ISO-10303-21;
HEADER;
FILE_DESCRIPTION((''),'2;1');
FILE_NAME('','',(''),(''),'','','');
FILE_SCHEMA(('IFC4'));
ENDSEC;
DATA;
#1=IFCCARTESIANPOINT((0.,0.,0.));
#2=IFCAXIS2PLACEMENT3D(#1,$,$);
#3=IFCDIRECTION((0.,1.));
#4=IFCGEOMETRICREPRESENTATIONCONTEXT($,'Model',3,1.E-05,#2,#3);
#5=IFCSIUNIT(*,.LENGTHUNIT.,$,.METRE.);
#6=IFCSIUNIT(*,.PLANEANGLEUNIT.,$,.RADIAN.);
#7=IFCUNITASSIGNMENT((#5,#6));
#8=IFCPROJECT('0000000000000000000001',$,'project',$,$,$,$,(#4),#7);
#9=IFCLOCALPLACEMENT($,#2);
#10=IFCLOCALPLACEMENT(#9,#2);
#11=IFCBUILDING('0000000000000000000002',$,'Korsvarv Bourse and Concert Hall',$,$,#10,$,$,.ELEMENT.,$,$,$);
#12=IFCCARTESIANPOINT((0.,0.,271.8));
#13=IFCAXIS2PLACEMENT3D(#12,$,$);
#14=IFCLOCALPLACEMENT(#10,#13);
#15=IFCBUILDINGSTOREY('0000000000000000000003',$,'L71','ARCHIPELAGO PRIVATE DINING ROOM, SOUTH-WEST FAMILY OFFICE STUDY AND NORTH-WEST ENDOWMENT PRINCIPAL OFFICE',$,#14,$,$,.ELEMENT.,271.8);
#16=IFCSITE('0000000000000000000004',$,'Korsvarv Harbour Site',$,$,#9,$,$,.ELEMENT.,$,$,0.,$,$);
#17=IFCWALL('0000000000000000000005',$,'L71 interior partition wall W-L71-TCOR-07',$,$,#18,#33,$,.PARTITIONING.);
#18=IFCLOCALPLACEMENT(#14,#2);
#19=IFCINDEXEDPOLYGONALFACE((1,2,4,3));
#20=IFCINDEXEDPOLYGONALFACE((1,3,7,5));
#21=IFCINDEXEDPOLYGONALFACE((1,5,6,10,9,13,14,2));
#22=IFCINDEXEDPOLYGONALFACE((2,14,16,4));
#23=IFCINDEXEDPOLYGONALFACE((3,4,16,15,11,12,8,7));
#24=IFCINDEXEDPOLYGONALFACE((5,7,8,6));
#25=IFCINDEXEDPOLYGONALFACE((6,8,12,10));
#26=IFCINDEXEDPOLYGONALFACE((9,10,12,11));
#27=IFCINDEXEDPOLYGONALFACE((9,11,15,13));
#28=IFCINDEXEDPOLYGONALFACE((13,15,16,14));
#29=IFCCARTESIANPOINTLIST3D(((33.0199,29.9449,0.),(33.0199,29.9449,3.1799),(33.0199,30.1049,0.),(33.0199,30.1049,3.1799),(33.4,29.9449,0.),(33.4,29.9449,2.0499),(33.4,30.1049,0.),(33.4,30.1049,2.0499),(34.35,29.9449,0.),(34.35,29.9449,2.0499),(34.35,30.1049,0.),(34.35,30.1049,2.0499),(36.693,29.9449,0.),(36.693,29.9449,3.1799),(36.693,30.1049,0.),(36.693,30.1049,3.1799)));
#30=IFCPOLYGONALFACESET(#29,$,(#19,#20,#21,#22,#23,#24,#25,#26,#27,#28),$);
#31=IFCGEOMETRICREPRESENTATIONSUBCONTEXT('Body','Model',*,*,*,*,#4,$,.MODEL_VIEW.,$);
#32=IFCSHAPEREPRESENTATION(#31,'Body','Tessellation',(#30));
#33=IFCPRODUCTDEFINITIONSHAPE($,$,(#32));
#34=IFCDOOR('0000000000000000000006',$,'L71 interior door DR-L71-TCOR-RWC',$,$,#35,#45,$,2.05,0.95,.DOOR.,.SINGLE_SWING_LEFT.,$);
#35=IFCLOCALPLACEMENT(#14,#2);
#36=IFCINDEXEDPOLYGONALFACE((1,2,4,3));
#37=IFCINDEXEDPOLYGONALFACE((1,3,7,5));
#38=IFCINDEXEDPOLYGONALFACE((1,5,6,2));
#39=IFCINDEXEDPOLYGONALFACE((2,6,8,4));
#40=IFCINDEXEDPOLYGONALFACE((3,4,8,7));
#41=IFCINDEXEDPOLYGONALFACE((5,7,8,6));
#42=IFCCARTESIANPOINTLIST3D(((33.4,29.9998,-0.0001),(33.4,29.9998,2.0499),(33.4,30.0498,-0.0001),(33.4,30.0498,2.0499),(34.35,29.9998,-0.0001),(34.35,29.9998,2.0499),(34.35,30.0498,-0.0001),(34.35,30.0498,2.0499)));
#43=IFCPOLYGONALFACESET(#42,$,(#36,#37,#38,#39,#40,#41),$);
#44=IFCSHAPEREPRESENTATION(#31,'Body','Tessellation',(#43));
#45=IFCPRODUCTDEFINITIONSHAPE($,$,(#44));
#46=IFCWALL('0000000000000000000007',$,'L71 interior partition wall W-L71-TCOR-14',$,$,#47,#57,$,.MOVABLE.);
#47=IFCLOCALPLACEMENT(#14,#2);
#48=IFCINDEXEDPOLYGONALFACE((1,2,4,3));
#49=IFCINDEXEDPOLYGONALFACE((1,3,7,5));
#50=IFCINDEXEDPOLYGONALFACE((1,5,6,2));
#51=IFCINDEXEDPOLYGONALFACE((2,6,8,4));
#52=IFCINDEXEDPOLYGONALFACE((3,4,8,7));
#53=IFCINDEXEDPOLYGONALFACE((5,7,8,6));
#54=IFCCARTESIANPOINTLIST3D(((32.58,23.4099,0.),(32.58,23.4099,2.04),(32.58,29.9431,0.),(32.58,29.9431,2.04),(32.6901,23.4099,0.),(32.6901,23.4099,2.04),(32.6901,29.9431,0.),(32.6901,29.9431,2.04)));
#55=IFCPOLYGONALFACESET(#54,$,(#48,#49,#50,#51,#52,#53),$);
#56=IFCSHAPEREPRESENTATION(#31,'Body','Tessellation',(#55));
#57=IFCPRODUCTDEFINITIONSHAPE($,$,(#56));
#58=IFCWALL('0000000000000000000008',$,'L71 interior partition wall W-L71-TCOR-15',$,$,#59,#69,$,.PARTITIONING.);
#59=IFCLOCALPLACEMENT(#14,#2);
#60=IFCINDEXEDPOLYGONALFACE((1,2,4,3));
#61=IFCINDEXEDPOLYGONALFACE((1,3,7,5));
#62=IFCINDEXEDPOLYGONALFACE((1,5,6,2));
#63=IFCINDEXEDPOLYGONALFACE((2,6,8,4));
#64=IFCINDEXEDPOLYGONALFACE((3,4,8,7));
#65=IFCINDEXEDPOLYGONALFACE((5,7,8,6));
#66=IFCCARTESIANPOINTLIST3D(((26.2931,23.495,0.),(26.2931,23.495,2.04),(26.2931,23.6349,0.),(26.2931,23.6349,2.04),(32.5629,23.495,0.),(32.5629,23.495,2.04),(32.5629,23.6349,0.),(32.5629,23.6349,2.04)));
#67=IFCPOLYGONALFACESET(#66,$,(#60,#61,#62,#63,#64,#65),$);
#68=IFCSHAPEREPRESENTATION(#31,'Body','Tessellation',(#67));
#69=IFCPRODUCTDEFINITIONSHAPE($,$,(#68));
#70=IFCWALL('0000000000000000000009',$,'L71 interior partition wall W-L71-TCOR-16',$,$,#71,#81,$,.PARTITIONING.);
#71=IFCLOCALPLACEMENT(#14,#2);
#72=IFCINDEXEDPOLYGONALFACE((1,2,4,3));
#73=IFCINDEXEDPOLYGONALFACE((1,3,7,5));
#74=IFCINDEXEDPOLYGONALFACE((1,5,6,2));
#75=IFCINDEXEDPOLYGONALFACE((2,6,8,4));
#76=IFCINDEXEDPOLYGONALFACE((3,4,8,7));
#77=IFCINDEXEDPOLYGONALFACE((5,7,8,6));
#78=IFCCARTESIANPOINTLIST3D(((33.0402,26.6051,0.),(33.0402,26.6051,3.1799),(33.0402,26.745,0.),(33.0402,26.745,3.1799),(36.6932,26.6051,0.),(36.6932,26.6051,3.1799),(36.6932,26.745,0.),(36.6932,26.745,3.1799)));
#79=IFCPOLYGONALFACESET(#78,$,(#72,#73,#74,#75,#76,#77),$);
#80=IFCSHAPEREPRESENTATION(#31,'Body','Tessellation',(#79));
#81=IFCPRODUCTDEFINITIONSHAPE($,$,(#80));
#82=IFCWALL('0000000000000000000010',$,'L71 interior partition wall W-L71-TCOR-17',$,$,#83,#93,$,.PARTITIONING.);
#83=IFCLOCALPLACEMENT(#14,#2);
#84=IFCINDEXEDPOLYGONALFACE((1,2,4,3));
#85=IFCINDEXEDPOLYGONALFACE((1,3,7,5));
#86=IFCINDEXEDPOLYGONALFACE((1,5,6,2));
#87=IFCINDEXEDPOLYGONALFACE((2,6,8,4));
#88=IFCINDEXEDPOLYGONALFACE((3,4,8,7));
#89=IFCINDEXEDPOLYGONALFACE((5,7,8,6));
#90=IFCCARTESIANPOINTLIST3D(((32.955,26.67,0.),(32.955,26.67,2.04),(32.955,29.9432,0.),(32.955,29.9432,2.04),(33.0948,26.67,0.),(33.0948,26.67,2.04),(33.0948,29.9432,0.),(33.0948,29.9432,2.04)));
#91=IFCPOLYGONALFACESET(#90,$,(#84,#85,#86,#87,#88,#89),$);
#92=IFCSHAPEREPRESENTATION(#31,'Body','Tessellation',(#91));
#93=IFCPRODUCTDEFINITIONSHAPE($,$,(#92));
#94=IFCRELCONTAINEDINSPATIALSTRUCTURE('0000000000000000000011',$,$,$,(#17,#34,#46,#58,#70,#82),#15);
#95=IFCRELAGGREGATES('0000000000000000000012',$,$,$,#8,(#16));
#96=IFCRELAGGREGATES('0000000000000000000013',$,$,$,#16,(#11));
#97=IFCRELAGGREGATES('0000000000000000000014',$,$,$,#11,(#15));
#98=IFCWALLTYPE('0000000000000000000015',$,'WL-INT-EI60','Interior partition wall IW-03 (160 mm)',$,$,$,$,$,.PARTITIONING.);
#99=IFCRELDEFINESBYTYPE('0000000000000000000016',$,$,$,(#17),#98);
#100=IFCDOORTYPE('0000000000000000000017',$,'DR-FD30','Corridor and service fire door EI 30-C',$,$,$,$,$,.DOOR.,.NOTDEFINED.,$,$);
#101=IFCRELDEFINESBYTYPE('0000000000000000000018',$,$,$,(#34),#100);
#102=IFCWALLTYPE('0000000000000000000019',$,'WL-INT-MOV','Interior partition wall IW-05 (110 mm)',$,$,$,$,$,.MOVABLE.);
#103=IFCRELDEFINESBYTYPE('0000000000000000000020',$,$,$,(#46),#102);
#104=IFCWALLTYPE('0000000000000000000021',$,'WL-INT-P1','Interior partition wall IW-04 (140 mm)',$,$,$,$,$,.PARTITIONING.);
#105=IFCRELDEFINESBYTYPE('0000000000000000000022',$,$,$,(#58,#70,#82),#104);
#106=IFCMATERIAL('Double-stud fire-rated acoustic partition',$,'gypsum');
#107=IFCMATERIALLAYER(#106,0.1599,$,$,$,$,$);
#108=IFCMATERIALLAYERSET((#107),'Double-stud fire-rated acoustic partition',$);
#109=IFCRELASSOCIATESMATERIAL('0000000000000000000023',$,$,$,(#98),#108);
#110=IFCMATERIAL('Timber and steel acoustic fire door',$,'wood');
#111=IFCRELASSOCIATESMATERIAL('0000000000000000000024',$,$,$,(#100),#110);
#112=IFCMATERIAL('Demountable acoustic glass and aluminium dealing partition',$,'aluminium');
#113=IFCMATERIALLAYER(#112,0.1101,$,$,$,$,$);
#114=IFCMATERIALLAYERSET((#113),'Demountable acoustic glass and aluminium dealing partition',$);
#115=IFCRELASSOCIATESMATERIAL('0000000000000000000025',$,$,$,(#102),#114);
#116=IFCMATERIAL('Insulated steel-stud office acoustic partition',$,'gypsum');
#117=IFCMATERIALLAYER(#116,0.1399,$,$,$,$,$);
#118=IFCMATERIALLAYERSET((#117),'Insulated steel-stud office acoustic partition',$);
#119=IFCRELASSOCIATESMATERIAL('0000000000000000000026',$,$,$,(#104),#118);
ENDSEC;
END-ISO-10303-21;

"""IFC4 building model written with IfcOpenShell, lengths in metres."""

from ifc_helpers import new_model, si_unit, direction, frame, frame_2d, origin, place, context, subcontext, project, spatial, rectangle, extrude, material, layer, layer_set, type_object, element, fill, save


model = new_model("IFC4")

# Units and contexts
model_context = context("Model", 3, precision=1e-05, world=origin(), true_north=direction((0.0, 1.0)))
body_context = subcontext(model_context, "Body", "Model", "MODEL_VIEW")
ifc_project = project(units=[si_unit("LENGTHUNIT", "METRE"), si_unit("PLANEANGLEUNIT", "RADIAN")], contexts=[model_context])

# Site, building, storey
site_placement = place(None, origin())
site = spatial("IfcSite", under=ifc_project, at=site_placement, Name="Korsvarv Harbour Site", CompositionType="ELEMENT", RefElevation=0.0)
building_placement = place(site_placement, origin())
building = spatial("IfcBuilding", under=site, at=building_placement, Name="Korsvarv Bourse and Concert Hall", CompositionType="ELEMENT")
storey_placement = place(building_placement, frame((0.0, 0.0, 271.8)))
storey = spatial("IfcBuildingStorey", under=building, at=storey_placement, Name="L71", Description="ARCHIPELAGO PRIVATE DINING ROOM, SOUTH-WEST FAMILY OFFICE STUDY AND NORTH-WEST ENDOWMENT PRINCIPAL OFFICE", CompositionType="ELEMENT", Elevation=271.8)

# Shared definitions
ifc_material_1 = material(Name="Double-stud fire-rated acoustic partition", Category="gypsum")
ifc_layer_1 = layer(ifc_material_1, 0.1599)
ifc_layer_set_1 = layer_set([ifc_layer_1], Name="Double-stud fire-rated acoustic partition")
wall_type_1 = type_object("IfcWallType", Name="WL-INT-EI60", Description="Interior partition wall IW-03 (160 mm)", PredefinedType="PARTITIONING", material=ifc_layer_set_1)
ifc_material_2 = material(Name="Timber and steel acoustic fire door", Category="wood")
door_type = type_object("IfcDoorType", Name="DR-FD30", Description="Corridor and service fire door EI 30-C", OperationType="NOTDEFINED", PredefinedType="DOOR", material=ifc_material_2)

# Wall, opening, door
wall_1_placement = place(storey_placement, frame((33.02, 30.0249, 0.0), z_axis=(0.0, 0.0, 1.0), x_axis=(1.0, 0.0, 0.0)))
wall_1 = element("IfcWall", 1, at=wall_1_placement, inside=storey, type_object=wall_type_1, Name="L71 interior partition wall W-L71-TCOR-07", PredefinedType="PARTITIONING", context=body_context, shape_type="SweptSolid", body=[
    extrude(rectangle(XDim=3.6731, YDim=0.1599, at=frame_2d((1.8364, 0.0))), origin(), (0.0, 0.0, 1.0), 3.1799),
])
opening_1_placement = place(wall_1_placement, frame((0.3799, 0.0, 0.0)))
opening_1 = element("IfcOpeningElement", 2, at=opening_1_placement, cuts=wall_1, PredefinedType="OPENING", context=body_context, shape_type="SweptSolid", body=[
    extrude(rectangle(XDim=0.95, YDim=2.05, at=frame_2d((0.4751, 1.0249))), frame((0.0, 0.0898, 0.0), z_axis=(0.0, -1.0, 0.0), x_axis=(1.0, 0.0, 0.0)), (0.0, 0.0, 1.0), 0.1799),
])
door_1_placement = place(opening_1_placement, origin())
door_1 = element("IfcDoor", 3, at=door_1_placement, inside=storey, type_object=door_type, Name="L71 interior door DR-L71-TCOR-RWC", OperationType="SINGLE_SWING_LEFT", OverallHeight=2.05, OverallWidth=0.95, PredefinedType="DOOR", context=body_context, shape_type="SweptSolid", body=[
    extrude(rectangle(XDim=0.95, YDim=2.05, at=frame_2d((0.4751, 1.0249))), frame((0.0, 0.0249, 0.0), z_axis=(0.0, -1.0, 0.0), x_axis=(1.0, 0.0, 0.0)), (0.0, 0.0, 1.0), 0.05),
])
fill(opening_1, door_1)

# Walls
ifc_material_3 = material(Name="Demountable acoustic glass and aluminium dealing partition", Category="aluminium")
ifc_layer_2 = layer(ifc_material_3, 0.1101)
ifc_layer_set_2 = layer_set([ifc_layer_2], Name="Demountable acoustic glass and aluminium dealing partition")
wall_type_2 = type_object("IfcWallType", Name="WL-INT-MOV", Description="Interior partition wall IW-05 (110 mm)", PredefinedType="MOVABLE", material=ifc_layer_set_2)
wall_2_placement = place(storey_placement, frame((32.635, 23.4099, 0.0), z_axis=(0.0, 0.0, 1.0), x_axis=(0.0, 1.0, 0.0)))
element("IfcWall", 4, at=wall_2_placement, inside=storey, type_object=wall_type_2, Name="L71 interior partition wall W-L71-TCOR-14", PredefinedType="MOVABLE", context=body_context, shape_type="SweptSolid", body=[
    extrude(rectangle(XDim=6.5332, YDim=0.1101, at=frame_2d((3.2666, 0.0))), origin(), (0.0, 0.0, 1.0), 2.04),
])
ifc_material_4 = material(Name="Insulated steel-stud office acoustic partition", Category="gypsum")
ifc_layer_3 = layer(ifc_material_4, 0.1399)
ifc_layer_set_3 = layer_set([ifc_layer_3], Name="Insulated steel-stud office acoustic partition")
wall_type_3 = type_object("IfcWallType", Name="WL-INT-P1", Description="Interior partition wall IW-04 (140 mm)", PredefinedType="PARTITIONING", material=ifc_layer_set_3)
wall_3_placement = place(storey_placement, frame((26.2932, 23.5649, 0.0), z_axis=(0.0, 0.0, 1.0), x_axis=(1.0, 0.0, 0.0)))
element("IfcWall", 5, at=wall_3_placement, inside=storey, type_object=wall_type_3, Name="L71 interior partition wall W-L71-TCOR-15", PredefinedType="PARTITIONING", context=body_context, shape_type="SweptSolid", body=[
    extrude(rectangle(XDim=6.2698, YDim=0.1399, at=frame_2d((3.1348, 0.0))), origin(), (0.0, 0.0, 1.0), 2.04),
])
wall_4_placement = place(storey_placement, frame((33.04, 26.675, 0.0), z_axis=(0.0, 0.0, 1.0), x_axis=(1.0, 0.0, 0.0)))
element("IfcWall", 6, at=wall_4_placement, inside=storey, type_object=wall_type_3, Name="L71 interior partition wall W-L71-TCOR-16", PredefinedType="PARTITIONING", context=body_context, shape_type="SweptSolid", body=[
    extrude(rectangle(XDim=3.6531, YDim=0.1399, at=frame_2d((1.8267, 0.0))), origin(), (0.0, 0.0, 1.0), 3.1799),
])
wall_5_placement = place(storey_placement, frame((33.0249, 26.6699, 0.0), z_axis=(0.0, 0.0, 1.0), x_axis=(0.0, 1.0, 0.0)))
element("IfcWall", 7, at=wall_5_placement, inside=storey, type_object=wall_type_3, Name="L71 interior partition wall W-L71-TCOR-17", PredefinedType="PARTITIONING", context=body_context, shape_type="SweptSolid", body=[
    extrude(rectangle(XDim=3.2732, YDim=0.1399, at=frame_2d((1.6367, 0.0))), origin(), (0.0, 0.0, 1.0), 2.04),
])

save(model, "model.ifc")
